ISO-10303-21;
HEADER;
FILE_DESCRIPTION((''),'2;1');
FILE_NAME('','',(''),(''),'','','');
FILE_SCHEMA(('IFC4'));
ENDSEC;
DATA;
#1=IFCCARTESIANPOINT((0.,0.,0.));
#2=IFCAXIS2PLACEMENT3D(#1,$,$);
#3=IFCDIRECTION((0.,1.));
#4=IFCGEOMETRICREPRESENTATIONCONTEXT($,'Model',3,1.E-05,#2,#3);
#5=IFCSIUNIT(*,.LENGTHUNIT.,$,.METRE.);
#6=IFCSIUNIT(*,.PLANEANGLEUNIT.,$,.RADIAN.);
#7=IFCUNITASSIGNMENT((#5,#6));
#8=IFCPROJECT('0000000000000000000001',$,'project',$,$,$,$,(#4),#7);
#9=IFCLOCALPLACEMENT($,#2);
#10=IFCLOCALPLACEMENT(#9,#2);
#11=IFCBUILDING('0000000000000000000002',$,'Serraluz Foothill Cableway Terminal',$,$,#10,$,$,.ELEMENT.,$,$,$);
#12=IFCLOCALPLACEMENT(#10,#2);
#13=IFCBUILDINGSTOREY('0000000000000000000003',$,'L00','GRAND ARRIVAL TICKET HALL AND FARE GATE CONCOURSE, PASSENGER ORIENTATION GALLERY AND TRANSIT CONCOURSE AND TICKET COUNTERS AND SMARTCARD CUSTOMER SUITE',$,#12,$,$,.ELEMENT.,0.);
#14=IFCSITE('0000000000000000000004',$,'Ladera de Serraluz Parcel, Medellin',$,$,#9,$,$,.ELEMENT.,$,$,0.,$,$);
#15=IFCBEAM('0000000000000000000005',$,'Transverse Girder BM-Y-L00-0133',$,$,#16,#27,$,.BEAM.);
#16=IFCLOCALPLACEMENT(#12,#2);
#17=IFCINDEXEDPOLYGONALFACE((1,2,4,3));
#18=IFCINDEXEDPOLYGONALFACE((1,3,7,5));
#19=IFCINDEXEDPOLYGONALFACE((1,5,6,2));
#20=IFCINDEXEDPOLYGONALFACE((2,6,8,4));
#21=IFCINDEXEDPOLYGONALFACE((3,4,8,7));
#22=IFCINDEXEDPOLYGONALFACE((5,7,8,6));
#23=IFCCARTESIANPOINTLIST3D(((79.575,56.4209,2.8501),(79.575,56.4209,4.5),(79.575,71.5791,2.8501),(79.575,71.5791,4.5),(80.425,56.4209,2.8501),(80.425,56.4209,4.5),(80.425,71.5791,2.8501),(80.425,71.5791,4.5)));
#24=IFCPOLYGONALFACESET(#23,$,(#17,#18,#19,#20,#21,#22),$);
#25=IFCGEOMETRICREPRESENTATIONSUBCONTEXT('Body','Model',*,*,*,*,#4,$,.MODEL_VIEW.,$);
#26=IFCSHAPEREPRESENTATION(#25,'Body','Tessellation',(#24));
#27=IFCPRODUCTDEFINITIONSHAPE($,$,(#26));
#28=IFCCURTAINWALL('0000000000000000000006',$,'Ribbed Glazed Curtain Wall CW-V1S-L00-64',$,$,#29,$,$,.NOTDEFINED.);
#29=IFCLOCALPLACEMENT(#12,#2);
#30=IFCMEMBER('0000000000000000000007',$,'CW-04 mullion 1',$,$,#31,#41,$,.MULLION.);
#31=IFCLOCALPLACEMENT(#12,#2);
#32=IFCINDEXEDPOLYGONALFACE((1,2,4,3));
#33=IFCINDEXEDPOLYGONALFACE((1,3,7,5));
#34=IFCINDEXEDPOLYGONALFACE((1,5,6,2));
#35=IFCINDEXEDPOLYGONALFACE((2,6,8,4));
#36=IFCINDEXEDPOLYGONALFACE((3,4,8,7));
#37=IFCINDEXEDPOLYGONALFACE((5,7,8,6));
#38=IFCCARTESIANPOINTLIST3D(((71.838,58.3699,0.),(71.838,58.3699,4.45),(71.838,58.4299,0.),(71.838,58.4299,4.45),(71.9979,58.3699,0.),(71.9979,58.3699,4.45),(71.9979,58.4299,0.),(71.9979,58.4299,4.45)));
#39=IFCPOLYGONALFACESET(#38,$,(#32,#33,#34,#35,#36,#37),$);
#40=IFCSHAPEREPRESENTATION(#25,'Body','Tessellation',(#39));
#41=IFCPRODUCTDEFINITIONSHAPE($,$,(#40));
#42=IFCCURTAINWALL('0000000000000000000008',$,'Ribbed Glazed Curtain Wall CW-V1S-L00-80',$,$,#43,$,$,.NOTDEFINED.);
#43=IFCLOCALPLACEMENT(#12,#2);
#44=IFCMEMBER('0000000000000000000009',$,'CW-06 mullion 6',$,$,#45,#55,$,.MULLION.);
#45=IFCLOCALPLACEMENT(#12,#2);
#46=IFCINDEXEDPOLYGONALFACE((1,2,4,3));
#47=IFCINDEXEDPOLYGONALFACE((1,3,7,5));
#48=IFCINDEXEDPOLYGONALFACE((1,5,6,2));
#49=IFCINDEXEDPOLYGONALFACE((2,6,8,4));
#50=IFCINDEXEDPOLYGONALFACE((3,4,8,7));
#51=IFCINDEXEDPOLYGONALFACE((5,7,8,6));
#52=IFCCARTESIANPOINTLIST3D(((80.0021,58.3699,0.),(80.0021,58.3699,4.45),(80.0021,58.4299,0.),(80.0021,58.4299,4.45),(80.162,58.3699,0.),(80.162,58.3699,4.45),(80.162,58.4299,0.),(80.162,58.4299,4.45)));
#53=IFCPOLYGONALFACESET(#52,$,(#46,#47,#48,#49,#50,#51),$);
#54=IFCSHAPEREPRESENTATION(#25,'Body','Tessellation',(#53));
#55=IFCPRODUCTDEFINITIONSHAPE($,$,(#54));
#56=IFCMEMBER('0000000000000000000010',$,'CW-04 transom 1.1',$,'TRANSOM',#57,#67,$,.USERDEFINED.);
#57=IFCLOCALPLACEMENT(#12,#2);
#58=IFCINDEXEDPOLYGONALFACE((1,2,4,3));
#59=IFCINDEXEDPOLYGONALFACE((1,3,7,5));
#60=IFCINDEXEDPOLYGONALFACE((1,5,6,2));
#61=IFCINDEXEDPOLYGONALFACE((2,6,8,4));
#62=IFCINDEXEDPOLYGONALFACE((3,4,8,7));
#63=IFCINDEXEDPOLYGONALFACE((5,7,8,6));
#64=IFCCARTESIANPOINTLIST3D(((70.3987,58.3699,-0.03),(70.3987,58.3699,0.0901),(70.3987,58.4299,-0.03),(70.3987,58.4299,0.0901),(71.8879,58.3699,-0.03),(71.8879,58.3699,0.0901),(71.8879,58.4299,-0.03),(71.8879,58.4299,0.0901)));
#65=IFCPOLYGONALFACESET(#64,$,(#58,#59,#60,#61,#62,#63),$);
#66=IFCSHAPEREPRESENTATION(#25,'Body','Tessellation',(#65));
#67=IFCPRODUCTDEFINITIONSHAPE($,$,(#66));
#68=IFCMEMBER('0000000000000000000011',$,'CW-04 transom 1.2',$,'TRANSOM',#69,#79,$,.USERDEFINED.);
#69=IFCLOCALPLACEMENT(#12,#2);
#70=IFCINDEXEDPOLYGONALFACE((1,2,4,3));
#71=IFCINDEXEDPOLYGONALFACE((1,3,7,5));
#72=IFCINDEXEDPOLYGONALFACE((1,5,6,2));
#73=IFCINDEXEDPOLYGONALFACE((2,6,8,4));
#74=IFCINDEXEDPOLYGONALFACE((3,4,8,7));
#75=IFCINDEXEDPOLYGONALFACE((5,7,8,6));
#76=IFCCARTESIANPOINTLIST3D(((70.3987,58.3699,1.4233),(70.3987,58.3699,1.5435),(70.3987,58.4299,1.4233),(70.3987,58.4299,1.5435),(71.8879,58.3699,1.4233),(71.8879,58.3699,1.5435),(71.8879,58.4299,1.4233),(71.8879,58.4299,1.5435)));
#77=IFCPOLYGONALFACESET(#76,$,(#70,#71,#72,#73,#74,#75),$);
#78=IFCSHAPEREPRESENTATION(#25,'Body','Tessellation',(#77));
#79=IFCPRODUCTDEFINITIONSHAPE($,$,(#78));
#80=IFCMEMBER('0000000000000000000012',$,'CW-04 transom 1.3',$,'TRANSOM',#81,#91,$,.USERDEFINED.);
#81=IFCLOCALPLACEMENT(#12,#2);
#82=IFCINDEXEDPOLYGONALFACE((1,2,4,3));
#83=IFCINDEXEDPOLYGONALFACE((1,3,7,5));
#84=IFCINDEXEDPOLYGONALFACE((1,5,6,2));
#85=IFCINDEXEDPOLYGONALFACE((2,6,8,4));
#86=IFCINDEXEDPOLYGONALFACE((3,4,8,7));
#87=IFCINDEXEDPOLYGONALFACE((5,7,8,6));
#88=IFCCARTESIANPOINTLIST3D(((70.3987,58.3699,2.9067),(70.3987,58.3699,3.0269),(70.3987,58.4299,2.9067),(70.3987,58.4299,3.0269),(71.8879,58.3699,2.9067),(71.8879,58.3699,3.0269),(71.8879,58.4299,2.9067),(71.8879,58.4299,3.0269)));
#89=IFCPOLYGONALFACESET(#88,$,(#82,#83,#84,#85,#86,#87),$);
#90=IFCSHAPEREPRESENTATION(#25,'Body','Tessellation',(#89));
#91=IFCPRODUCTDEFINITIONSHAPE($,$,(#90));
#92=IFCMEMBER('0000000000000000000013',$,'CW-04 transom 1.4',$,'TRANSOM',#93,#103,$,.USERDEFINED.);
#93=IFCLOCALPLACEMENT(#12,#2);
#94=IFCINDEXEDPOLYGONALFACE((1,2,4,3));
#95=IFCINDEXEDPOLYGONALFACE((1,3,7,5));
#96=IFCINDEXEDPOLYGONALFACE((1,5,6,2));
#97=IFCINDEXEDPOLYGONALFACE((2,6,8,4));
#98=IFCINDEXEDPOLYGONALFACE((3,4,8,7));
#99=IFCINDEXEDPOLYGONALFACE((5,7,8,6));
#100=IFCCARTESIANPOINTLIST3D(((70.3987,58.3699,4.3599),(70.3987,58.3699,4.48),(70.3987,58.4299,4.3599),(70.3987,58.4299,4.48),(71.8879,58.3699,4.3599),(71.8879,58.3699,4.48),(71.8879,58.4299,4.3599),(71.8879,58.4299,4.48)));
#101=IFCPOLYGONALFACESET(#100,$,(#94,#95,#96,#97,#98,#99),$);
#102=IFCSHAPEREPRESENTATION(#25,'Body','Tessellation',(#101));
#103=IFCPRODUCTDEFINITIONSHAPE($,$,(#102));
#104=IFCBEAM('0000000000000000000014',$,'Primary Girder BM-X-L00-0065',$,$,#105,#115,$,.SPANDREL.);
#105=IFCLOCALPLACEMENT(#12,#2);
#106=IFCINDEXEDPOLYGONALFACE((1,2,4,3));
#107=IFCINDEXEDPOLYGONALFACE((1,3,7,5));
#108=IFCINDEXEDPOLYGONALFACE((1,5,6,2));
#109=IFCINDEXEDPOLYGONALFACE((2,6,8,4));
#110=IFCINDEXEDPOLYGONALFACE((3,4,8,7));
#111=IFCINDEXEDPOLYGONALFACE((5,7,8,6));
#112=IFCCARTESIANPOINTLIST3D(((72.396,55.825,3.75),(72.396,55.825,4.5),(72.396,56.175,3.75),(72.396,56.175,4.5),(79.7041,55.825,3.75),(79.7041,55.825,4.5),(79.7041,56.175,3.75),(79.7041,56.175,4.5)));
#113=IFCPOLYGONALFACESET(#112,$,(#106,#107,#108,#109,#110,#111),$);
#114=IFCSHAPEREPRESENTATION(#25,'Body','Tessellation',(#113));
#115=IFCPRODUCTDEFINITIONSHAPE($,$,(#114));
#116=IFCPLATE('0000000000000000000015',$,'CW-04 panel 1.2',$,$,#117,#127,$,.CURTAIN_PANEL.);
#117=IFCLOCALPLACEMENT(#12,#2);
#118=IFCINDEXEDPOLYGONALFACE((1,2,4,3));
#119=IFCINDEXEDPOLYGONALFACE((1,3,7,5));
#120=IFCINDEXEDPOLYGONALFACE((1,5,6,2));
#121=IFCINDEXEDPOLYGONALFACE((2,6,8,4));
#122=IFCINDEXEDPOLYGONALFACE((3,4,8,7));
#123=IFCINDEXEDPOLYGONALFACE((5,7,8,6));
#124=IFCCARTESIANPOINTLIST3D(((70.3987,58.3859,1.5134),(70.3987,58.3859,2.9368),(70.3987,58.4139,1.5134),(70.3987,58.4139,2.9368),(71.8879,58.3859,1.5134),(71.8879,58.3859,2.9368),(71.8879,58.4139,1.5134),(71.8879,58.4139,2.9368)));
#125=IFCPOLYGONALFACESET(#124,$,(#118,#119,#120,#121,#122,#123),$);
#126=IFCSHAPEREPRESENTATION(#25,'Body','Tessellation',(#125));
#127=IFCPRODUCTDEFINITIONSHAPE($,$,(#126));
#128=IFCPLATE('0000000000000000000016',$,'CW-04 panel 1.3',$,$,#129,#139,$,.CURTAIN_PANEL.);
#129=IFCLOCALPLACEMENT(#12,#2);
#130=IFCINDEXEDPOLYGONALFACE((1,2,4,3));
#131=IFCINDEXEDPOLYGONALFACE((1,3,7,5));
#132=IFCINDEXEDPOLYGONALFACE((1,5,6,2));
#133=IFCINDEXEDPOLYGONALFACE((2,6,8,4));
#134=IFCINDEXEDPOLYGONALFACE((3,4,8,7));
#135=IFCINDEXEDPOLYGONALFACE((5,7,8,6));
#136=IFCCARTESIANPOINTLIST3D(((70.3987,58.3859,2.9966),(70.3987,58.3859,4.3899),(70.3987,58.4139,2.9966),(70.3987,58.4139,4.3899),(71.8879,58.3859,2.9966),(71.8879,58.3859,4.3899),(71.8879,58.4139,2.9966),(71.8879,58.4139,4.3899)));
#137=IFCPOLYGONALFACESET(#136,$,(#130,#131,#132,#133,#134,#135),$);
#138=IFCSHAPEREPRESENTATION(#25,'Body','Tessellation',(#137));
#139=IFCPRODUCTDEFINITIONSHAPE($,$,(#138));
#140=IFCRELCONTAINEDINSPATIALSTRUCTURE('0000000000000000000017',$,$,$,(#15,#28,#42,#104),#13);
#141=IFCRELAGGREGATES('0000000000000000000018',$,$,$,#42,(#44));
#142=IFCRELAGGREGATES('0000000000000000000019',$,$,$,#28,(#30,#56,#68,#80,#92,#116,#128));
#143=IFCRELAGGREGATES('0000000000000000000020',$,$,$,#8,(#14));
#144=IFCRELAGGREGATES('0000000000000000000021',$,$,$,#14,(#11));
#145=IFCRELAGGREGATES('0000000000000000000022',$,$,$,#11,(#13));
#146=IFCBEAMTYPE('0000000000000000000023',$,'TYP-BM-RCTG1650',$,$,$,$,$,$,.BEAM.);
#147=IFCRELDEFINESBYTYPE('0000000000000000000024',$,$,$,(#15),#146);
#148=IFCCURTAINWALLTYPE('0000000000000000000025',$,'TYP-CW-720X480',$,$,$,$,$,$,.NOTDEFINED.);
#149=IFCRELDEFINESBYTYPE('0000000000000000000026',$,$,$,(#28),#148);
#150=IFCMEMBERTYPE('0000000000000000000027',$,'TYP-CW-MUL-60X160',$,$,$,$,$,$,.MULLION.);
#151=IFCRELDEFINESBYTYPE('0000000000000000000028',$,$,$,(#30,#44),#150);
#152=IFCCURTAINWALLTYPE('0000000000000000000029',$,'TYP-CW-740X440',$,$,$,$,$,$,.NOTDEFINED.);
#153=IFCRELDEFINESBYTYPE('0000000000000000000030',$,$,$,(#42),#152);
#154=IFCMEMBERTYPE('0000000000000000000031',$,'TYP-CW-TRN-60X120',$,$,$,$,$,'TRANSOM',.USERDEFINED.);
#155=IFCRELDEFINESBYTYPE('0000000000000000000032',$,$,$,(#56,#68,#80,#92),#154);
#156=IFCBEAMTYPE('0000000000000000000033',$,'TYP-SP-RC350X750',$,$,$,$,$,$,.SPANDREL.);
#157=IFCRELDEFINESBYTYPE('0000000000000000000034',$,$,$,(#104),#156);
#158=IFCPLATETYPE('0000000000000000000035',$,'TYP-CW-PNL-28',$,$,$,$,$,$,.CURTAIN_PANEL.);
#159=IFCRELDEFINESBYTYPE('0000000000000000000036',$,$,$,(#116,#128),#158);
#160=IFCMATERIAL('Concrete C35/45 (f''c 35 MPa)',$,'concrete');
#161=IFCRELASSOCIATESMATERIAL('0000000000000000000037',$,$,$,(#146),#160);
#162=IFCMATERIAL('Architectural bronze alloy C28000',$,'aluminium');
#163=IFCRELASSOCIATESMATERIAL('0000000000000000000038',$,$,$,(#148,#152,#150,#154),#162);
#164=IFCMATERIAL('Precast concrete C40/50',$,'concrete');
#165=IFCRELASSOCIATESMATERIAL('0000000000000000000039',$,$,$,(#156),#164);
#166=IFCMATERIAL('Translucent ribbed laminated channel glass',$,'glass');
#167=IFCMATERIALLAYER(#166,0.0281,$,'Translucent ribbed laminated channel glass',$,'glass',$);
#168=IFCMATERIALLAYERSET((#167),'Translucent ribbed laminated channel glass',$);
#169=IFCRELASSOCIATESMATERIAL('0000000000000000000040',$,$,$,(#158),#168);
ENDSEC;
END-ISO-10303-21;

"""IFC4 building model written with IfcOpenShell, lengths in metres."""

from ifc_helpers import new_model, si_unit, direction, frame, origin, origin_2d, place, context, subcontext, project, spatial, rectangle, extrude, material, layer, layer_set, material_profile, profile_set, type_object, element, aggregate, save


model = new_model("IFC4")

# Units and contexts
model_context = context("Model", 3, precision=1e-05, world=origin(), true_north=direction((0.0, 1.0)))
body_context = subcontext(model_context, "Body", "Model", "MODEL_VIEW")
ifc_project = project(units=[si_unit("LENGTHUNIT", "METRE"), si_unit("PLANEANGLEUNIT", "RADIAN")], contexts=[model_context])

# Site, building, storey
site_placement = place(None, origin())
site = spatial("IfcSite", under=ifc_project, at=site_placement, Name="Ladera de Serraluz Parcel, Medellin", CompositionType="ELEMENT", RefElevation=0.0)
building_placement = place(site_placement, origin())
building = spatial("IfcBuilding", under=site, at=building_placement, Name="Serraluz Foothill Cableway Terminal", CompositionType="ELEMENT")
storey_placement = place(building_placement, origin())
storey = spatial("IfcBuildingStorey", under=building, at=storey_placement, Name="L00", Description="GRAND ARRIVAL TICKET HALL AND FARE GATE CONCOURSE, PASSENGER ORIENTATION GALLERY AND TRANSIT CONCOURSE AND TICKET COUNTERS AND SMARTCARD CUSTOMER SUITE", CompositionType="ELEMENT", Elevation=0.0)

# Shared definitions
ifc_material_1 = material(Name="Concrete C35/45 (f'c 35 MPa)", Category="concrete")

# Beam
ifc_material_profile_1 = material_profile(ifc_material_1, rectangle(XDim=0.8501, YDim=1.6499, at=origin_2d()), Name="RC TG 850x1650")
ifc_profile_set_1 = profile_set([ifc_material_profile_1], Name="Concrete C35/45 (f'c 35 MPa)")
beam_type_1 = type_object("IfcBeamType", Name="TYP-BM-RCTG1650", PredefinedType="BEAM", material=ifc_profile_set_1)
beam_1_placement = place(storey_placement, frame((80.0, 56.4209, 3.675), z_axis=(0.0, 1.0, 0.0), x_axis=(-1.0, 0.0, 0.0)))
element("IfcBeam", 1, at=beam_1_placement, inside=storey, type_object=beam_type_1, Name="Transverse Girder BM-Y-L00-0133", PredefinedType="BEAM", context=body_context, shape_type="SweptSolid", body=[
    extrude(rectangle(XDim=0.8501, YDim=1.6499, at=origin_2d()), origin(), (0.0, 0.0, 1.0), 15.1582),
])

# Curtain walls, members
ifc_material_2 = material(Name="Architectural bronze alloy C28000", Category="aluminium")
curtain_wall_type_1 = type_object("IfcCurtainWallType", Name="TYP-CW-720X480", PredefinedType="NOTDEFINED", material=ifc_material_2)
curtain_wall_1_placement = place(storey_placement, origin())
curtain_wall_1 = element("IfcCurtainWall", 2, at=curtain_wall_1_placement, inside=storey, type_object=curtain_wall_type_1, Name="Ribbed Glazed Curtain Wall CW-V1S-L00-64", PredefinedType="NOTDEFINED")
ifc_material_profile_2 = material_profile(ifc_material_2, rectangle(XDim=0.0601, YDim=0.1599, at=origin_2d()), Name="ALU MULLION 60x160")
ifc_profile_set_2 = profile_set([ifc_material_profile_2], Name="Architectural bronze alloy C28000")
member_type_1 = type_object("IfcMemberType", Name="TYP-CW-MUL-60X160", PredefinedType="MULLION", material=ifc_profile_set_2)
member_1_placement = place(storey_placement, frame((71.918, 58.3999, 0.0), z_axis=(0.0, 0.0, 1.0), x_axis=(0.0, -1.0, 0.0)))
member_1 = element("IfcMember", 3, at=member_1_placement, type_object=member_type_1, Name="CW-04 mullion 1", PredefinedType="MULLION", context=body_context, shape_type="SweptSolid", body=[
    extrude(rectangle(XDim=0.0601, YDim=0.1599, at=origin_2d()), origin(), (0.0, 0.0, 1.0), 4.45),
])
curtain_wall_type_2 = type_object("IfcCurtainWallType", Name="TYP-CW-740X440", PredefinedType="NOTDEFINED", material=ifc_material_2)
curtain_wall_2_placement = place(storey_placement, origin())
curtain_wall_2 = element("IfcCurtainWall", 4, at=curtain_wall_2_placement, inside=storey, type_object=curtain_wall_type_2, Name="Ribbed Glazed Curtain Wall CW-V1S-L00-80", PredefinedType="NOTDEFINED")
member_2_placement = place(storey_placement, frame((80.082, 58.3999, 0.0), z_axis=(0.0, 0.0, 1.0), x_axis=(0.0, -1.0, 0.0)))
member_2 = element("IfcMember", 5, at=member_2_placement, type_object=member_type_1, Name="CW-06 mullion 6", PredefinedType="MULLION", context=body_context, shape_type="SweptSolid", body=[
    extrude(rectangle(XDim=0.0601, YDim=0.1599, at=origin_2d()), origin(), (0.0, 0.0, 1.0), 4.45),
])
aggregate(curtain_wall_2, [member_2])

# Members
ifc_material_profile_3 = material_profile(ifc_material_2, rectangle(XDim=0.0601, YDim=0.1201, at=origin_2d()), Name="ALU TRANSOM 60x120")
ifc_profile_set_3 = profile_set([ifc_material_profile_3], Name="Architectural bronze alloy C28000")
member_type_2 = type_object("IfcMemberType", Name="TYP-CW-TRN-60X120", ElementType="TRANSOM", PredefinedType="USERDEFINED", material=ifc_profile_set_3)
member_3_placement = place(storey_placement, frame((71.8879, 58.3999, 0.03), z_axis=(-1.0, 0.0, 0.0), x_axis=(0.0, -1.0, 0.0)))
member_3 = element("IfcMember", 6, at=member_3_placement, type_object=member_type_2, Name="CW-04 transom 1.1", ObjectType="TRANSOM", PredefinedType="USERDEFINED", context=body_context, shape_type="SweptSolid", body=[
    extrude(rectangle(XDim=0.0601, YDim=0.1201, at=origin_2d()), origin(), (0.0, 0.0, 1.0), 1.4893),
])
member_4_placement = place(storey_placement, frame((71.8879, 58.3999, 1.4834), z_axis=(-1.0, 0.0, 0.0), x_axis=(0.0, -1.0, 0.0)))
member_4 = element("IfcMember", 7, at=member_4_placement, type_object=member_type_2, Name="CW-04 transom 1.2", ObjectType="TRANSOM", PredefinedType="USERDEFINED", context=body_context, shape_type="SweptSolid", body=[
    extrude(rectangle(XDim=0.0601, YDim=0.1201, at=origin_2d()), origin(), (0.0, 0.0, 1.0), 1.4893),
])
member_5_placement = place(storey_placement, frame((71.8879, 58.3999, 2.9668), z_axis=(-1.0, 0.0, 0.0), x_axis=(0.0, -1.0, 0.0)))
member_5 = element("IfcMember", 8, at=member_5_placement, type_object=member_type_2, Name="CW-04 transom 1.3", ObjectType="TRANSOM", PredefinedType="USERDEFINED", context=body_context, shape_type="SweptSolid", body=[
    extrude(rectangle(XDim=0.0601, YDim=0.1201, at=origin_2d()), origin(), (0.0, 0.0, 1.0), 1.4893),
])
member_6_placement = place(storey_placement, frame((71.8879, 58.3999, 4.4199), z_axis=(-1.0, 0.0, 0.0), x_axis=(0.0, -1.0, 0.0)))
member_6 = element("IfcMember", 9, at=member_6_placement, type_object=member_type_2, Name="CW-04 transom 1.4", ObjectType="TRANSOM", PredefinedType="USERDEFINED", context=body_context, shape_type="SweptSolid", body=[
    extrude(rectangle(XDim=0.0601, YDim=0.1201, at=origin_2d()), origin(), (0.0, 0.0, 1.0), 1.4893),
])

# Beam
ifc_material_3 = material(Name="Precast concrete C40/50", Category="concrete")
ifc_material_profile_4 = material_profile(ifc_material_3, rectangle(XDim=0.3501, YDim=0.75, at=origin_2d()), Name="RC SP 350x750")
ifc_profile_set_4 = profile_set([ifc_material_profile_4], Name="Precast concrete C40/50")
beam_type_2 = type_object("IfcBeamType", Name="TYP-SP-RC350X750", PredefinedType="SPANDREL", material=ifc_profile_set_4)
beam_2_placement = place(storey_placement, frame((72.396, 56.0, 4.125), z_axis=(1.0, 0.0, 0.0), x_axis=(0.0, 1.0, 0.0)))
element("IfcBeam", 10, at=beam_2_placement, inside=storey, type_object=beam_type_2, Name="Primary Girder BM-X-L00-0065", PredefinedType="SPANDREL", context=body_context, shape_type="SweptSolid", body=[
    extrude(rectangle(XDim=0.3501, YDim=0.75, at=origin_2d()), origin(), (0.0, 0.0, 1.0), 7.3081),
])

# Plates
ifc_material_4 = material(Name="Translucent ribbed laminated channel glass", Category="glass")
ifc_layer_1 = layer(ifc_material_4, 0.0281, Name="Translucent ribbed laminated channel glass", Category="glass")
ifc_layer_set_1 = layer_set([ifc_layer_1], Name="Translucent ribbed laminated channel glass")
plate_type = type_object("IfcPlateType", Name="TYP-CW-PNL-28", PredefinedType="CURTAIN_PANEL", material=ifc_layer_set_1)
plate_1_placement = place(storey_placement, frame((71.1433, 58.3999, 1.5134), z_axis=(0.0, 0.0, 1.0), x_axis=(-1.0, 0.0, 0.0)))
plate_1 = element("IfcPlate", 11, at=plate_1_placement, type_object=plate_type, Name="CW-04 panel 1.2", PredefinedType="CURTAIN_PANEL", context=body_context, shape_type="SweptSolid", body=[
    extrude(rectangle(XDim=1.4893, YDim=0.0281, at=origin_2d()), origin(), (0.0, 0.0, 1.0), 1.4233),
])
plate_2_placement = place(storey_placement, frame((71.1433, 58.3999, 2.9966), z_axis=(0.0, 0.0, 1.0), x_axis=(-1.0, 0.0, 0.0)))
plate_2 = element("IfcPlate", 12, at=plate_2_placement, type_object=plate_type, Name="CW-04 panel 1.3", PredefinedType="CURTAIN_PANEL", context=body_context, shape_type="SweptSolid", body=[
    extrude(rectangle(XDim=1.4893, YDim=0.0281, at=origin_2d()), origin(), (0.0, 0.0, 1.0), 1.3933),
])
aggregate(curtain_wall_1, [member_1, member_3, member_4, member_5, member_6, plate_1, plate_2])

save(model, "model.ifc")
